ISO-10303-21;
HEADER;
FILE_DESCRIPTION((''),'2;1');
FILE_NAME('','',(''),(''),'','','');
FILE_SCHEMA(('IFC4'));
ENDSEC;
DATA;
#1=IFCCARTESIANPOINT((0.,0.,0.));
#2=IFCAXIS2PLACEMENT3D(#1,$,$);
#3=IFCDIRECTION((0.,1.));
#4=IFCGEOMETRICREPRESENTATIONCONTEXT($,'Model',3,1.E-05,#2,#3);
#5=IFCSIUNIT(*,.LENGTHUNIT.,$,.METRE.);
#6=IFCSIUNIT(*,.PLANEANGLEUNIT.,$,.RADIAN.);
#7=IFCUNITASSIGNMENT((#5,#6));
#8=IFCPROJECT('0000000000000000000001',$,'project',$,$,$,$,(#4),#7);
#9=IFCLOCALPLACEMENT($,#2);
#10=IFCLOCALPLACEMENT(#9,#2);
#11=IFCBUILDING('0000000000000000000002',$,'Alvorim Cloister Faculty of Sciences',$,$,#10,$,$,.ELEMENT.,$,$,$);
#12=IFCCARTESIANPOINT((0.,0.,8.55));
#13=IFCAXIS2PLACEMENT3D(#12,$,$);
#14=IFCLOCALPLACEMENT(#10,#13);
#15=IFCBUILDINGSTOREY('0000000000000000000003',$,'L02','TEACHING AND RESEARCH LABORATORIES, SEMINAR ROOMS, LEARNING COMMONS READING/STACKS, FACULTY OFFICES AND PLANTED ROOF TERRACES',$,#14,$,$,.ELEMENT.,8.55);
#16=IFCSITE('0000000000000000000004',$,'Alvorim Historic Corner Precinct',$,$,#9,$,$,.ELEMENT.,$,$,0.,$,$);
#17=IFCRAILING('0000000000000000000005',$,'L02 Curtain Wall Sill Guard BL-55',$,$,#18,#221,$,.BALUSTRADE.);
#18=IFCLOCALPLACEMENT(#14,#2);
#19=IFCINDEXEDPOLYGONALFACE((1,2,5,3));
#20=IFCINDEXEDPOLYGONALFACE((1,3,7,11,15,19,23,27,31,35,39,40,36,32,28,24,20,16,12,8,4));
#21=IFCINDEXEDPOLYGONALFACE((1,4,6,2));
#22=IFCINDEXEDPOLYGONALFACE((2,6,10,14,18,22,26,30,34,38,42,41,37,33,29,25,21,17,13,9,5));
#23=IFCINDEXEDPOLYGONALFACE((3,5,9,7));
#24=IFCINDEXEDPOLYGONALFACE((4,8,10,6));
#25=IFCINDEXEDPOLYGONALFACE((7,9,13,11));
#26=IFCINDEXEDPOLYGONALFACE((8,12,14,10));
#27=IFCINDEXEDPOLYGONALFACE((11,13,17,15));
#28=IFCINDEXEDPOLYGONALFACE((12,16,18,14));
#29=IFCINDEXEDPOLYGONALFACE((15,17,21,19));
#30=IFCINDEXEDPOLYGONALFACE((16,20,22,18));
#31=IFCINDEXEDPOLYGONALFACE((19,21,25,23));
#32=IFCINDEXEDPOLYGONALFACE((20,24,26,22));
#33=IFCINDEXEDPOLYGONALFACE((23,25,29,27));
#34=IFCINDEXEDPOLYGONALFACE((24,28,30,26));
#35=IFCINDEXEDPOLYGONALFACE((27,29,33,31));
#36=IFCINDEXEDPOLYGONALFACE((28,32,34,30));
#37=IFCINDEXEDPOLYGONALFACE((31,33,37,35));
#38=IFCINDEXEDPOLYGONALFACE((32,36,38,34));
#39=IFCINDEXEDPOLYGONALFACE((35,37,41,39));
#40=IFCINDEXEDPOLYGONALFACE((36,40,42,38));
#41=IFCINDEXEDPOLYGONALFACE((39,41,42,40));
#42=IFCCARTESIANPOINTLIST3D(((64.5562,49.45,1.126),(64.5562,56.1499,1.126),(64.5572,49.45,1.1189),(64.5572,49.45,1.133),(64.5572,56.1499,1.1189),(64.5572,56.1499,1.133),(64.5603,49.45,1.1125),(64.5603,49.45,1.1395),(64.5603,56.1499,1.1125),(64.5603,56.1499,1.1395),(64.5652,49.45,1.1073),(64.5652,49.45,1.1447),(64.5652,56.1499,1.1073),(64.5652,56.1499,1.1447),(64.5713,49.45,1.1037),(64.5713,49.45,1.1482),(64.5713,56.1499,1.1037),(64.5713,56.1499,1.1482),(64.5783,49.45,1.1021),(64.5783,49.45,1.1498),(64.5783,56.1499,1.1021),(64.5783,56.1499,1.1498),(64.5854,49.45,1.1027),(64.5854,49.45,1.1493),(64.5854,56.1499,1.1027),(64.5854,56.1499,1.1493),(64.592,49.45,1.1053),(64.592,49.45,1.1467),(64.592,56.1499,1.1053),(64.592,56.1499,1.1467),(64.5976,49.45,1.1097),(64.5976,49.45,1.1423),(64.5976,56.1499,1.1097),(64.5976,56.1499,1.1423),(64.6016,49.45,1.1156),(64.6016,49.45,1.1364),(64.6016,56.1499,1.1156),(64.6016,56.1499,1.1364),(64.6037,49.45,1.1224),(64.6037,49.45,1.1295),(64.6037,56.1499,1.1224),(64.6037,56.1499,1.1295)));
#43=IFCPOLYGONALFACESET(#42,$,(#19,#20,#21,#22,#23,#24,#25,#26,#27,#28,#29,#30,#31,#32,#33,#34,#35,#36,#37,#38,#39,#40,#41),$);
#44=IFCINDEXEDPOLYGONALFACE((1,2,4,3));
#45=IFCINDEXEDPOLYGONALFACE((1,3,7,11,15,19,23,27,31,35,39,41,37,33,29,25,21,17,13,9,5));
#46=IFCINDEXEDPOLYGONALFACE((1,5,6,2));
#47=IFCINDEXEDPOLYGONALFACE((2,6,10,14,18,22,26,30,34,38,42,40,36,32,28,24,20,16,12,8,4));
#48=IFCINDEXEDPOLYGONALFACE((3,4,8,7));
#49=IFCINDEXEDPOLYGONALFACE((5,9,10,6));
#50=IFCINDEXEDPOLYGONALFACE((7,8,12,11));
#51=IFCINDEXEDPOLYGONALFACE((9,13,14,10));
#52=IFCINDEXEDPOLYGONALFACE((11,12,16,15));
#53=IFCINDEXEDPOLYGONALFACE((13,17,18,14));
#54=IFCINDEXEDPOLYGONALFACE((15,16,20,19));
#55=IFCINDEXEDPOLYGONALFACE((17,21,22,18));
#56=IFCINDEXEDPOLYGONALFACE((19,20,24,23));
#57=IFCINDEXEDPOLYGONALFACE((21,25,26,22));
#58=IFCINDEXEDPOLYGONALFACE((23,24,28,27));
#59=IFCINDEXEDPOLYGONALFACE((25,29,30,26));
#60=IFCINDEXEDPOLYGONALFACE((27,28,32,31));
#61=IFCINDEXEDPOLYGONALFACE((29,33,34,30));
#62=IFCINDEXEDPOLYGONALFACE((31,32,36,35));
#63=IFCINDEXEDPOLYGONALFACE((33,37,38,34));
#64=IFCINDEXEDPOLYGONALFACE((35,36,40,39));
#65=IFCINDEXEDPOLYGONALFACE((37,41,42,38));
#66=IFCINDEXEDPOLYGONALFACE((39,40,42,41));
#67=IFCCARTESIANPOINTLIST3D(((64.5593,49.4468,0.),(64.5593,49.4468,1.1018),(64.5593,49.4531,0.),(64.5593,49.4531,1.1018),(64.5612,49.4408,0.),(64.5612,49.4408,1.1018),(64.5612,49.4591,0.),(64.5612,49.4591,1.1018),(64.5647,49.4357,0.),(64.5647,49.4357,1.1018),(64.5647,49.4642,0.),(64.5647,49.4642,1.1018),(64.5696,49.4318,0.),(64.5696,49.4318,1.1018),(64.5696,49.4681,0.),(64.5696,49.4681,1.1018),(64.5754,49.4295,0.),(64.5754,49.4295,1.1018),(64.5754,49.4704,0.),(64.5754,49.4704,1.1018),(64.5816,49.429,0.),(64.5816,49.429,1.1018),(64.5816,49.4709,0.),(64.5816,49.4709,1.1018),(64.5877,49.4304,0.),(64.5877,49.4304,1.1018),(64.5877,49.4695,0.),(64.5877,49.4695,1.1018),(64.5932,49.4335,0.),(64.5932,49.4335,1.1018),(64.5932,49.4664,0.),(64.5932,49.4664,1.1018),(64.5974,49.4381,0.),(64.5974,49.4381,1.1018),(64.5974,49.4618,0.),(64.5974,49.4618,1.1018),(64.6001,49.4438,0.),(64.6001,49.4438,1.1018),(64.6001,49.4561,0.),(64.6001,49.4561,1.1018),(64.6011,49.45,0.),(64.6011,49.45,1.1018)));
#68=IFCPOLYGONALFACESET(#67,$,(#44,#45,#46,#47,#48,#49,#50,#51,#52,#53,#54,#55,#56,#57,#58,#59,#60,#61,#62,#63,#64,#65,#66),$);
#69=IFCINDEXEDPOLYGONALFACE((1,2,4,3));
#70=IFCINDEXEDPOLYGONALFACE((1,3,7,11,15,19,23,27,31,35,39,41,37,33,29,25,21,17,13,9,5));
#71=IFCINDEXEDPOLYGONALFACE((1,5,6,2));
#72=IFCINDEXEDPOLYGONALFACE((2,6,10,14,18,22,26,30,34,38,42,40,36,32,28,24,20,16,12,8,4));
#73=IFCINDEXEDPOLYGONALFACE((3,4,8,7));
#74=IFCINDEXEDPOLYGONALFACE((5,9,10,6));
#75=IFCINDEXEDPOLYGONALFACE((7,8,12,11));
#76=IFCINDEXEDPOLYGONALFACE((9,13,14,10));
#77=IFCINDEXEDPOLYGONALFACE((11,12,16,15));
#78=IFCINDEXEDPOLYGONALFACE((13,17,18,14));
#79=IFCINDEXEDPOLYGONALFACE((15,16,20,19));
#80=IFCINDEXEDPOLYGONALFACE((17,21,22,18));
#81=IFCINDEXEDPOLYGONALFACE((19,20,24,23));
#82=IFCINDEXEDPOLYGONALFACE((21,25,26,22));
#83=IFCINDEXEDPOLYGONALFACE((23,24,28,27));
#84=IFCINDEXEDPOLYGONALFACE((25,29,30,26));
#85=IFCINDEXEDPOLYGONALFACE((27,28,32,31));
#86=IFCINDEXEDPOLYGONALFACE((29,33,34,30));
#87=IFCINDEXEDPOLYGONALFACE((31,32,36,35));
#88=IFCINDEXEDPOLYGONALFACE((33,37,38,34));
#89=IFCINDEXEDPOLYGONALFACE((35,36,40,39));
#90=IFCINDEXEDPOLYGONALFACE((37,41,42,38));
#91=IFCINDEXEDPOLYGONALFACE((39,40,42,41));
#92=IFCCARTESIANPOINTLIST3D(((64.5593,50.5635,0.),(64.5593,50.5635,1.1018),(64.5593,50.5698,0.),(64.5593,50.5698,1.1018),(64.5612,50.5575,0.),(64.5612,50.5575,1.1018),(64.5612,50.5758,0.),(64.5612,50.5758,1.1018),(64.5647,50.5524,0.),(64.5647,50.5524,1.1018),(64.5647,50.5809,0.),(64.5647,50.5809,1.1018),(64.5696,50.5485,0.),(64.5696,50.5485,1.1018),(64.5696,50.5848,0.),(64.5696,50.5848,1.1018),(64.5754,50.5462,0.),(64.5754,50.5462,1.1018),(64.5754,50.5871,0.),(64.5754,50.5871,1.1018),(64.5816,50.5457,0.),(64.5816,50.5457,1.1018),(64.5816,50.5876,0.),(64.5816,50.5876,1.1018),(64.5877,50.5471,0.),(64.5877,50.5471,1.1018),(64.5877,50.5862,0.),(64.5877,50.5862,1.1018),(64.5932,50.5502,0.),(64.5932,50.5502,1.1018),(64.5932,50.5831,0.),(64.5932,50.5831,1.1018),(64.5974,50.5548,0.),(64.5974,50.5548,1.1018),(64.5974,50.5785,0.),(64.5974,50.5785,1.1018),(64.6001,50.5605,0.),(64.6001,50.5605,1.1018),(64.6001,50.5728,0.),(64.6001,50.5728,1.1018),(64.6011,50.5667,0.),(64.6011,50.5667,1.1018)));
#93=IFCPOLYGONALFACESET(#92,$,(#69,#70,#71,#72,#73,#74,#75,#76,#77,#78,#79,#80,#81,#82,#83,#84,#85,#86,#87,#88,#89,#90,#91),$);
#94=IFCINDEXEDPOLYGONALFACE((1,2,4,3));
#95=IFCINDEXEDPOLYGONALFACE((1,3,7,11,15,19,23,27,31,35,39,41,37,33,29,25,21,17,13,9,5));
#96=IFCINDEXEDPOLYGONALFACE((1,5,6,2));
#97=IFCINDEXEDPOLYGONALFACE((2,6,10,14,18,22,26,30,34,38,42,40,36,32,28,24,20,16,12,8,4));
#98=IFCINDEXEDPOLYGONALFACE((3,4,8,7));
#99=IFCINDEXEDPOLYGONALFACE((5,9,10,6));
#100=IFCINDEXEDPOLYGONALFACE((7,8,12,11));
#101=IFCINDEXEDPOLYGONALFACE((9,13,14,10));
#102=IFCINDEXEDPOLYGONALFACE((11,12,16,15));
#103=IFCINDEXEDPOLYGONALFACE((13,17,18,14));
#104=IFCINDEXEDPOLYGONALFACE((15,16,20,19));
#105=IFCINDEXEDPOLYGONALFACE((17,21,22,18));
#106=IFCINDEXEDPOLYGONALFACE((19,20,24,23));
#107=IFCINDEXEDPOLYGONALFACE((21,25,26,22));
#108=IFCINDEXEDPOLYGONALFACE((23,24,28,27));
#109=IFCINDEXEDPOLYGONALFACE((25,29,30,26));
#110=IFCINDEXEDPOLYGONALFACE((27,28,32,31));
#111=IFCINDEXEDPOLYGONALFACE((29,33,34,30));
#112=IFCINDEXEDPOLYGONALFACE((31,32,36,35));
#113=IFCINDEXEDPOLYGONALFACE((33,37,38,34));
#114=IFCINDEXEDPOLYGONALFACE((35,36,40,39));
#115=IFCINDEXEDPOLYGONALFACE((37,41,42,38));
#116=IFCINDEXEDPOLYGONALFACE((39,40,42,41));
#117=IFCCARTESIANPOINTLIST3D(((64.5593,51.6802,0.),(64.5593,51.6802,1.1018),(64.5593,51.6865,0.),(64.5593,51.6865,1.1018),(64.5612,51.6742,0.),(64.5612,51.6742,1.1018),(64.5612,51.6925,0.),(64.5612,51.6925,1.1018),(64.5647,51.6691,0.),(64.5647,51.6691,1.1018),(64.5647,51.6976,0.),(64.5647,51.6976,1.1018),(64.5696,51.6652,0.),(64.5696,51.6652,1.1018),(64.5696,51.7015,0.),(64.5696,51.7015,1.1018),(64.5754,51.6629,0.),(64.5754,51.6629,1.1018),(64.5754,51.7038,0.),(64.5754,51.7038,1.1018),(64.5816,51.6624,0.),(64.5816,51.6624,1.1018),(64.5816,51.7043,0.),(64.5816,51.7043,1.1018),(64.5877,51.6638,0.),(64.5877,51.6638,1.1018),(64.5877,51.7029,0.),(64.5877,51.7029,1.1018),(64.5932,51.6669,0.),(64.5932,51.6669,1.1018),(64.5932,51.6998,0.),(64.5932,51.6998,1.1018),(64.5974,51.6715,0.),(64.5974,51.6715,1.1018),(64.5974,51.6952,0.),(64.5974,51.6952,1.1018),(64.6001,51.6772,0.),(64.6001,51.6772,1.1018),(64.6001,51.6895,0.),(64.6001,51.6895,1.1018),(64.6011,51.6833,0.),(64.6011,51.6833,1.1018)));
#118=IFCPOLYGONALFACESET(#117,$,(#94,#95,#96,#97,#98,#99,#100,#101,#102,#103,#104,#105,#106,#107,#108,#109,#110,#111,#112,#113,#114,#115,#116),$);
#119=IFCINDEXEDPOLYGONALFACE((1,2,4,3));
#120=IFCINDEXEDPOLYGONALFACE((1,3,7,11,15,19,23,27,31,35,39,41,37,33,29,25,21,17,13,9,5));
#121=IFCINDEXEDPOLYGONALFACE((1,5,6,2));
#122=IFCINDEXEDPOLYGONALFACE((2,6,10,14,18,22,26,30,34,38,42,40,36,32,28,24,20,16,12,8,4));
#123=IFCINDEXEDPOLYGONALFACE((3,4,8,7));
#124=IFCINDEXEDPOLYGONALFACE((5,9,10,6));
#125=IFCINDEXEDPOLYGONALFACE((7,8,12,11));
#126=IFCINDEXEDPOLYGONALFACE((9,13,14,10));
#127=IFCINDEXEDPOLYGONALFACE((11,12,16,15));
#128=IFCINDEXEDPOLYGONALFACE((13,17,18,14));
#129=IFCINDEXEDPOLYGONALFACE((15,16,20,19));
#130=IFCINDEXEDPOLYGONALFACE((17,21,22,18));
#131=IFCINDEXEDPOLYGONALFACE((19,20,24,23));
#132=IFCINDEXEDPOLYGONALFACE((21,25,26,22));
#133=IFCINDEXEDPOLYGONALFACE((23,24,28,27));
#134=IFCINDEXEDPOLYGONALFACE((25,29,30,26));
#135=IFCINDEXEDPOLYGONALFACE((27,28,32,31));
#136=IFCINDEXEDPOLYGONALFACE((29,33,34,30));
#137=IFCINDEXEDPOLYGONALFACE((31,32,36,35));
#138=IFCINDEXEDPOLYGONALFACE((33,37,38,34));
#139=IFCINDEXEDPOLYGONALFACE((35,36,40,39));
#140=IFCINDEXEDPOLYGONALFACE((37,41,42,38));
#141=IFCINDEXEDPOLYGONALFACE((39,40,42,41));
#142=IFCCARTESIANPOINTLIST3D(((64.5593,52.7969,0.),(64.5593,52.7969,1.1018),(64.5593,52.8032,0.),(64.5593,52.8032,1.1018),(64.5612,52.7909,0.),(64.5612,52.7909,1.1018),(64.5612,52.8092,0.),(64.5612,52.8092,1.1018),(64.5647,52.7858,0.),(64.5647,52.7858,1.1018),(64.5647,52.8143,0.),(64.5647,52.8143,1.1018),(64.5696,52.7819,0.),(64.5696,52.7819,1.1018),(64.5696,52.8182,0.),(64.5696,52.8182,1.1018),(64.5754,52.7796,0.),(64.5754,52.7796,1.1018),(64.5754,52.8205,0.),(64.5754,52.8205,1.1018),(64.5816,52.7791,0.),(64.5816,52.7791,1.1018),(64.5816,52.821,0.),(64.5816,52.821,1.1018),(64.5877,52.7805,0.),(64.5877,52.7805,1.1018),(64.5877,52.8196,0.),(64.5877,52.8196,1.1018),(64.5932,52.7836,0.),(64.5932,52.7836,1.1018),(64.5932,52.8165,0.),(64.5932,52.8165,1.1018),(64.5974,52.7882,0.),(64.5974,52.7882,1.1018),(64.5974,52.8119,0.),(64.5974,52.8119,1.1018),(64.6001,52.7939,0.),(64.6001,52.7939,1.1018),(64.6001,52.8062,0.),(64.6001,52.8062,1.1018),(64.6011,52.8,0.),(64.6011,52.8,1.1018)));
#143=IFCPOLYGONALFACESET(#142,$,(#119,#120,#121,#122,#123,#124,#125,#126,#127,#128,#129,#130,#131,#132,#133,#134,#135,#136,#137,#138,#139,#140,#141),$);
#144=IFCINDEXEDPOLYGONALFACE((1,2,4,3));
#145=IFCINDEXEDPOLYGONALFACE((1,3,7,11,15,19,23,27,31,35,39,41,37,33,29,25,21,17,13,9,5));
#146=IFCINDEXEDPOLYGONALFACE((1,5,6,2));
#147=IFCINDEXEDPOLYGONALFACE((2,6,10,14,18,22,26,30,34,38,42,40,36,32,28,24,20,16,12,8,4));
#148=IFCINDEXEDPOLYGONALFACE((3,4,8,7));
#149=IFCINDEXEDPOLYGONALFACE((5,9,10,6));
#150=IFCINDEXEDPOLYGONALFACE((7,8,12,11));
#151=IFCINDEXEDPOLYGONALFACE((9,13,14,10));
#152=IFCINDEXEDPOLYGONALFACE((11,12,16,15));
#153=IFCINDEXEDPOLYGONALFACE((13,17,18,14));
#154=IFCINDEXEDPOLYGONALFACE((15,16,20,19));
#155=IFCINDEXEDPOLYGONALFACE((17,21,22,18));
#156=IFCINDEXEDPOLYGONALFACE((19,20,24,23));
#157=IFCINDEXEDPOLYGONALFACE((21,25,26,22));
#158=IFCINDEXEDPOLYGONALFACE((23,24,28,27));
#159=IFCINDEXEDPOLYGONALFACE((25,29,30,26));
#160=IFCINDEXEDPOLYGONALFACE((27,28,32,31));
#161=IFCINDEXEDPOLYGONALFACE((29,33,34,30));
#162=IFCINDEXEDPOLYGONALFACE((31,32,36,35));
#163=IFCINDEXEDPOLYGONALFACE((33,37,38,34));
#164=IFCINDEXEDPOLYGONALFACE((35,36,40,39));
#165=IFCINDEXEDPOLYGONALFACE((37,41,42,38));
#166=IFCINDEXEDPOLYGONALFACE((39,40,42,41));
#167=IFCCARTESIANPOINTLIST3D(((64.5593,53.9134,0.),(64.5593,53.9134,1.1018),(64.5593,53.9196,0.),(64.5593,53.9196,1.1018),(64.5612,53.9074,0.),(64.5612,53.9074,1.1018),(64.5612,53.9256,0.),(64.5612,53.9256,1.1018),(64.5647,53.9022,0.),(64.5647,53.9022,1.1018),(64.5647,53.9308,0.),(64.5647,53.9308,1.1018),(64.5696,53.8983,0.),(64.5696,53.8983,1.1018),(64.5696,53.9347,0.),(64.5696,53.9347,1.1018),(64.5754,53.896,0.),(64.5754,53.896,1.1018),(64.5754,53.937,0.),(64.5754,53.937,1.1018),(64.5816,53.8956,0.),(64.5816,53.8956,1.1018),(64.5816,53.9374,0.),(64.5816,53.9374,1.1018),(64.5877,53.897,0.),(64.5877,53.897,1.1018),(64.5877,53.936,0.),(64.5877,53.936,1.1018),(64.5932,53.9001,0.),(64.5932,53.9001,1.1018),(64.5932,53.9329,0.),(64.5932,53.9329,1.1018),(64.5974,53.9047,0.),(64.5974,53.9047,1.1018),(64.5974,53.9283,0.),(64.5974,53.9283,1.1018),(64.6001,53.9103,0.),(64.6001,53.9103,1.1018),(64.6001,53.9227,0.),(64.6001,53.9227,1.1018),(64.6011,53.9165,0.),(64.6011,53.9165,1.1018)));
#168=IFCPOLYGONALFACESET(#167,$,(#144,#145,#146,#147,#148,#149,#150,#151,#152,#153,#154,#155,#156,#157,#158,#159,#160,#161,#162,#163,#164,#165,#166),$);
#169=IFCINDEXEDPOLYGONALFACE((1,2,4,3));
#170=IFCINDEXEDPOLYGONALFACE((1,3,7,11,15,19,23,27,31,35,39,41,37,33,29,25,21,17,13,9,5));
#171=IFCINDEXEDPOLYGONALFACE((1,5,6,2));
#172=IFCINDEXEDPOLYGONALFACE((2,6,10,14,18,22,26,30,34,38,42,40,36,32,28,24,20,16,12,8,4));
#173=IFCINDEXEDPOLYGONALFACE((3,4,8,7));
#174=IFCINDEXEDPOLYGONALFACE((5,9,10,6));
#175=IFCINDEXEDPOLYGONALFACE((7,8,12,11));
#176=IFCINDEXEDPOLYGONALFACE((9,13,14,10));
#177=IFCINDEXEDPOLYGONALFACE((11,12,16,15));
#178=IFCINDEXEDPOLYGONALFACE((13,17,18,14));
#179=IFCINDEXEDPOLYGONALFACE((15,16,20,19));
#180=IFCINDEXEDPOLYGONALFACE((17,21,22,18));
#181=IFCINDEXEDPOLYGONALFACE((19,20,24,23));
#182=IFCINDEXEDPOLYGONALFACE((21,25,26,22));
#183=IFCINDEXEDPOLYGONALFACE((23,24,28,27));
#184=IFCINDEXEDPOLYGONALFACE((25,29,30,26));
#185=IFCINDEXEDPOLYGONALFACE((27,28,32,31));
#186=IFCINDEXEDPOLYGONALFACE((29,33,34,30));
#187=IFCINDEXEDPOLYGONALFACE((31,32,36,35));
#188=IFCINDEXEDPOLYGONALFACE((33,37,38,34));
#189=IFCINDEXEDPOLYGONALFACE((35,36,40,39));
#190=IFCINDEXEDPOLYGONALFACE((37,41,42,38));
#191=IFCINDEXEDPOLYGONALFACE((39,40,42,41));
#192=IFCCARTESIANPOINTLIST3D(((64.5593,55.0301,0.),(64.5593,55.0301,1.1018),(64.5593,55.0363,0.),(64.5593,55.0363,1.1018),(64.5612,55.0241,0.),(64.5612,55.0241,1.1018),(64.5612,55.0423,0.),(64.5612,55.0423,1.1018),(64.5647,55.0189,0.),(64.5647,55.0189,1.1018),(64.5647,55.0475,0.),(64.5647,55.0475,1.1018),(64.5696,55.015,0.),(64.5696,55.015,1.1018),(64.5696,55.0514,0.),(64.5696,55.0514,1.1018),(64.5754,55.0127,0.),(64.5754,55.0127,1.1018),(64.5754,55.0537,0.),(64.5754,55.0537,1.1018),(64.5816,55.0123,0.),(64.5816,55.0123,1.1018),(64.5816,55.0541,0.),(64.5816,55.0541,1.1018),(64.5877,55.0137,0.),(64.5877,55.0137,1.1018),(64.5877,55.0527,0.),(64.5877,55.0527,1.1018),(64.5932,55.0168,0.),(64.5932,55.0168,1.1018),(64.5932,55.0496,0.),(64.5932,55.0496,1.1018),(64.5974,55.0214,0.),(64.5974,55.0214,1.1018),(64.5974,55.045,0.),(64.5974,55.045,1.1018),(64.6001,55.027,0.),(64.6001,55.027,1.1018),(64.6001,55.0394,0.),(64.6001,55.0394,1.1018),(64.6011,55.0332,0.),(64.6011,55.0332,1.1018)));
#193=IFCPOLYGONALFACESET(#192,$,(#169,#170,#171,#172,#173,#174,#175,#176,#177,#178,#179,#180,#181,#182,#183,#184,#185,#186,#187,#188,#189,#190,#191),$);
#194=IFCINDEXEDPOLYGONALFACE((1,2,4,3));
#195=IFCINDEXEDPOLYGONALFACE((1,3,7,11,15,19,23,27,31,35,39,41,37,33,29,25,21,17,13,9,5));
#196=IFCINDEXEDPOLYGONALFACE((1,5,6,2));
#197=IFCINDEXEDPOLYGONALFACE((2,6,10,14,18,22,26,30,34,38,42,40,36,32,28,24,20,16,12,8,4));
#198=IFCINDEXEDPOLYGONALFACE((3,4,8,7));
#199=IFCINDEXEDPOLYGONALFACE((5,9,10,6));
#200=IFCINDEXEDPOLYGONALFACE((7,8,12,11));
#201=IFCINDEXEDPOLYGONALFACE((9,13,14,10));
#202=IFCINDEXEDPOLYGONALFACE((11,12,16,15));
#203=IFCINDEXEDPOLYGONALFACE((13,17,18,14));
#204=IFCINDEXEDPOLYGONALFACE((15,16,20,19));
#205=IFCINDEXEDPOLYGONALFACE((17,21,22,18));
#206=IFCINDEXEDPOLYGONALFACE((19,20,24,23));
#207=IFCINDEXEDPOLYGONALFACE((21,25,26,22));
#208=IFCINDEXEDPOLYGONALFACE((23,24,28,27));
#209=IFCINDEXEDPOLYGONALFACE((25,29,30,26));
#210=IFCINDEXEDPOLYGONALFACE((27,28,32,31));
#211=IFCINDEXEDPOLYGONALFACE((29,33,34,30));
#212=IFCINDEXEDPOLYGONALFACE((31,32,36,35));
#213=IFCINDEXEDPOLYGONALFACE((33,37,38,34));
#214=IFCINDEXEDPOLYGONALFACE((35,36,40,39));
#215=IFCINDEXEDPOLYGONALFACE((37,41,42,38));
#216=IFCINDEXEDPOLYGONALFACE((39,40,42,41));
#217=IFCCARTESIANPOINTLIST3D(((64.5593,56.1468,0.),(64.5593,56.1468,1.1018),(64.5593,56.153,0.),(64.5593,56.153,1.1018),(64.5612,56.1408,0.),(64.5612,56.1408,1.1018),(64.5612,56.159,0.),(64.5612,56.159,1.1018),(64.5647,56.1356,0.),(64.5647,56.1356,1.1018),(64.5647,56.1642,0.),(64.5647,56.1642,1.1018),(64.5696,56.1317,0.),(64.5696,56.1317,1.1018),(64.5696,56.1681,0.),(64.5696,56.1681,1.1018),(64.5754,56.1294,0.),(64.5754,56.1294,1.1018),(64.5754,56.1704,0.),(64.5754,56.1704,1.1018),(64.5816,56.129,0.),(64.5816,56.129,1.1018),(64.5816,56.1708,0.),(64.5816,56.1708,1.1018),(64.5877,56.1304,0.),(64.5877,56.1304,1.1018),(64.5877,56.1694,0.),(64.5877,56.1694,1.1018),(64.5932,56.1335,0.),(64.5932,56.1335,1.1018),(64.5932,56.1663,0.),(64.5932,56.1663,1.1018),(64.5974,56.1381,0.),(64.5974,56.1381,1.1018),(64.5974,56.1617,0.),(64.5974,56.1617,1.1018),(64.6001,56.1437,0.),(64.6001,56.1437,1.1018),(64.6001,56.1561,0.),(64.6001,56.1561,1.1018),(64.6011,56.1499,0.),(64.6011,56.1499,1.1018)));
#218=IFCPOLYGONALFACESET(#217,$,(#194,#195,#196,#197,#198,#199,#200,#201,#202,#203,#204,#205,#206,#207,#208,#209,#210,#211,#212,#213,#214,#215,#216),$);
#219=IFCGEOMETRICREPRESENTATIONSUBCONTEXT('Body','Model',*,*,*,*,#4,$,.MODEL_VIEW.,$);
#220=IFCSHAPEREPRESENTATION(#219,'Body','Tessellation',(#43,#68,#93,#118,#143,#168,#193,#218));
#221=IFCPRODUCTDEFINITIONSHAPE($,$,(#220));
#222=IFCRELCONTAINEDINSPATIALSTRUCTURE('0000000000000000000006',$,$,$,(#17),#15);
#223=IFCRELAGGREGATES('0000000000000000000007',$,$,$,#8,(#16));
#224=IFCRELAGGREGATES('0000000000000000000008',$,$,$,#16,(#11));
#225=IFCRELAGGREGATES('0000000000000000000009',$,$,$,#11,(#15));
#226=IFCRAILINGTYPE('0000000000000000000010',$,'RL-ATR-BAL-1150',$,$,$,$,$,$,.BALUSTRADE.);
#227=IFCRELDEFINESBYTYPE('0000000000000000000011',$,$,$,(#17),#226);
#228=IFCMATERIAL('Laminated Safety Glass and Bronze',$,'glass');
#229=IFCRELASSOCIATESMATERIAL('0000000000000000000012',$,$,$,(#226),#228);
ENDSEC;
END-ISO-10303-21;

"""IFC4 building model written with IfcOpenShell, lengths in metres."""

from ifc_helpers import new_model, si_unit, direction, frame, origin, origin_2d, place, context, subcontext, project, spatial, circle, extrude, material, type_object, element, save


model = new_model("IFC4")

# Units and contexts
model_context = context("Model", 3, precision=1e-05, world=origin(), true_north=direction((0.0, 1.0)))
body_context = subcontext(model_context, "Body", "Model", "MODEL_VIEW")
ifc_project = project(units=[si_unit("LENGTHUNIT", "METRE"), si_unit("PLANEANGLEUNIT", "RADIAN")], contexts=[model_context])

# Site, building, storey
site_placement = place(None, origin())
site = spatial("IfcSite", under=ifc_project, at=site_placement, Name="Alvorim Historic Corner Precinct", CompositionType="ELEMENT", RefElevation=0.0)
building_placement = place(site_placement, origin())
building = spatial("IfcBuilding", under=site, at=building_placement, Name="Alvorim Cloister Faculty of Sciences", CompositionType="ELEMENT")
storey_placement = place(building_placement, frame((0.0, 0.0, 8.55)))
storey = spatial("IfcBuildingStorey", under=building, at=storey_placement, Name="L02", Description="TEACHING AND RESEARCH LABORATORIES, SEMINAR ROOMS, LEARNING COMMONS READING/STACKS, FACULTY OFFICES AND PLANTED ROOF TERRACES", CompositionType="ELEMENT", Elevation=8.55)

# Railing
ifc_material_1 = material(Name="Laminated Safety Glass and Bronze", Category="glass")
railing_type = type_object("IfcRailingType", Name="RL-ATR-BAL-1150", PredefinedType="BALUSTRADE", material=ifc_material_1)
railing_placement = place(storey_placement, frame((64.5801, 49.45, 0.0)))
element("IfcRailing", 1, at=railing_placement, inside=storey, type_object=railing_type, Name="L02 Curtain Wall Sill Guard BL-55", PredefinedType="BALUSTRADE", context=body_context, shape_type="SweptSolid", body=[
    extrude(circle(Radius=0.0239, at=origin_2d()), frame((0.0, 0.0, 1.126), z_axis=(0.0, 1.0, 0.0), x_axis=(-1.0, 0.0, 0.0)), (0.0, 0.0, 1.0), 6.7),
    extrude(circle(Radius=0.021, at=origin_2d()), origin(), (0.0, 0.0, 1.0), 1.1018),
    extrude(circle(Radius=0.021, at=origin_2d()), frame((0.0, 1.1167, 0.0)), (0.0, 0.0, 1.0), 1.1018),
    extrude(circle(Radius=0.021, at=origin_2d()), frame((0.0, 2.2334, 0.0)), (0.0, 0.0, 1.0), 1.1018),
    extrude(circle(Radius=0.021, at=origin_2d()), frame((0.0, 3.3501, 0.0)), (0.0, 0.0, 1.0), 1.1018),
    extrude(circle(Radius=0.021, at=origin_2d()), frame((0.0, 4.4666, 0.0)), (0.0, 0.0, 1.0), 1.1018),
    extrude(circle(Radius=0.021, at=origin_2d()), frame((0.0, 5.5833, 0.0)), (0.0, 0.0, 1.0), 1.1018),
    extrude(circle(Radius=0.021, at=origin_2d()), frame((0.0, 6.7, 0.0)), (0.0, 0.0, 1.0), 1.1018),
])

save(model, "model.ifc")
